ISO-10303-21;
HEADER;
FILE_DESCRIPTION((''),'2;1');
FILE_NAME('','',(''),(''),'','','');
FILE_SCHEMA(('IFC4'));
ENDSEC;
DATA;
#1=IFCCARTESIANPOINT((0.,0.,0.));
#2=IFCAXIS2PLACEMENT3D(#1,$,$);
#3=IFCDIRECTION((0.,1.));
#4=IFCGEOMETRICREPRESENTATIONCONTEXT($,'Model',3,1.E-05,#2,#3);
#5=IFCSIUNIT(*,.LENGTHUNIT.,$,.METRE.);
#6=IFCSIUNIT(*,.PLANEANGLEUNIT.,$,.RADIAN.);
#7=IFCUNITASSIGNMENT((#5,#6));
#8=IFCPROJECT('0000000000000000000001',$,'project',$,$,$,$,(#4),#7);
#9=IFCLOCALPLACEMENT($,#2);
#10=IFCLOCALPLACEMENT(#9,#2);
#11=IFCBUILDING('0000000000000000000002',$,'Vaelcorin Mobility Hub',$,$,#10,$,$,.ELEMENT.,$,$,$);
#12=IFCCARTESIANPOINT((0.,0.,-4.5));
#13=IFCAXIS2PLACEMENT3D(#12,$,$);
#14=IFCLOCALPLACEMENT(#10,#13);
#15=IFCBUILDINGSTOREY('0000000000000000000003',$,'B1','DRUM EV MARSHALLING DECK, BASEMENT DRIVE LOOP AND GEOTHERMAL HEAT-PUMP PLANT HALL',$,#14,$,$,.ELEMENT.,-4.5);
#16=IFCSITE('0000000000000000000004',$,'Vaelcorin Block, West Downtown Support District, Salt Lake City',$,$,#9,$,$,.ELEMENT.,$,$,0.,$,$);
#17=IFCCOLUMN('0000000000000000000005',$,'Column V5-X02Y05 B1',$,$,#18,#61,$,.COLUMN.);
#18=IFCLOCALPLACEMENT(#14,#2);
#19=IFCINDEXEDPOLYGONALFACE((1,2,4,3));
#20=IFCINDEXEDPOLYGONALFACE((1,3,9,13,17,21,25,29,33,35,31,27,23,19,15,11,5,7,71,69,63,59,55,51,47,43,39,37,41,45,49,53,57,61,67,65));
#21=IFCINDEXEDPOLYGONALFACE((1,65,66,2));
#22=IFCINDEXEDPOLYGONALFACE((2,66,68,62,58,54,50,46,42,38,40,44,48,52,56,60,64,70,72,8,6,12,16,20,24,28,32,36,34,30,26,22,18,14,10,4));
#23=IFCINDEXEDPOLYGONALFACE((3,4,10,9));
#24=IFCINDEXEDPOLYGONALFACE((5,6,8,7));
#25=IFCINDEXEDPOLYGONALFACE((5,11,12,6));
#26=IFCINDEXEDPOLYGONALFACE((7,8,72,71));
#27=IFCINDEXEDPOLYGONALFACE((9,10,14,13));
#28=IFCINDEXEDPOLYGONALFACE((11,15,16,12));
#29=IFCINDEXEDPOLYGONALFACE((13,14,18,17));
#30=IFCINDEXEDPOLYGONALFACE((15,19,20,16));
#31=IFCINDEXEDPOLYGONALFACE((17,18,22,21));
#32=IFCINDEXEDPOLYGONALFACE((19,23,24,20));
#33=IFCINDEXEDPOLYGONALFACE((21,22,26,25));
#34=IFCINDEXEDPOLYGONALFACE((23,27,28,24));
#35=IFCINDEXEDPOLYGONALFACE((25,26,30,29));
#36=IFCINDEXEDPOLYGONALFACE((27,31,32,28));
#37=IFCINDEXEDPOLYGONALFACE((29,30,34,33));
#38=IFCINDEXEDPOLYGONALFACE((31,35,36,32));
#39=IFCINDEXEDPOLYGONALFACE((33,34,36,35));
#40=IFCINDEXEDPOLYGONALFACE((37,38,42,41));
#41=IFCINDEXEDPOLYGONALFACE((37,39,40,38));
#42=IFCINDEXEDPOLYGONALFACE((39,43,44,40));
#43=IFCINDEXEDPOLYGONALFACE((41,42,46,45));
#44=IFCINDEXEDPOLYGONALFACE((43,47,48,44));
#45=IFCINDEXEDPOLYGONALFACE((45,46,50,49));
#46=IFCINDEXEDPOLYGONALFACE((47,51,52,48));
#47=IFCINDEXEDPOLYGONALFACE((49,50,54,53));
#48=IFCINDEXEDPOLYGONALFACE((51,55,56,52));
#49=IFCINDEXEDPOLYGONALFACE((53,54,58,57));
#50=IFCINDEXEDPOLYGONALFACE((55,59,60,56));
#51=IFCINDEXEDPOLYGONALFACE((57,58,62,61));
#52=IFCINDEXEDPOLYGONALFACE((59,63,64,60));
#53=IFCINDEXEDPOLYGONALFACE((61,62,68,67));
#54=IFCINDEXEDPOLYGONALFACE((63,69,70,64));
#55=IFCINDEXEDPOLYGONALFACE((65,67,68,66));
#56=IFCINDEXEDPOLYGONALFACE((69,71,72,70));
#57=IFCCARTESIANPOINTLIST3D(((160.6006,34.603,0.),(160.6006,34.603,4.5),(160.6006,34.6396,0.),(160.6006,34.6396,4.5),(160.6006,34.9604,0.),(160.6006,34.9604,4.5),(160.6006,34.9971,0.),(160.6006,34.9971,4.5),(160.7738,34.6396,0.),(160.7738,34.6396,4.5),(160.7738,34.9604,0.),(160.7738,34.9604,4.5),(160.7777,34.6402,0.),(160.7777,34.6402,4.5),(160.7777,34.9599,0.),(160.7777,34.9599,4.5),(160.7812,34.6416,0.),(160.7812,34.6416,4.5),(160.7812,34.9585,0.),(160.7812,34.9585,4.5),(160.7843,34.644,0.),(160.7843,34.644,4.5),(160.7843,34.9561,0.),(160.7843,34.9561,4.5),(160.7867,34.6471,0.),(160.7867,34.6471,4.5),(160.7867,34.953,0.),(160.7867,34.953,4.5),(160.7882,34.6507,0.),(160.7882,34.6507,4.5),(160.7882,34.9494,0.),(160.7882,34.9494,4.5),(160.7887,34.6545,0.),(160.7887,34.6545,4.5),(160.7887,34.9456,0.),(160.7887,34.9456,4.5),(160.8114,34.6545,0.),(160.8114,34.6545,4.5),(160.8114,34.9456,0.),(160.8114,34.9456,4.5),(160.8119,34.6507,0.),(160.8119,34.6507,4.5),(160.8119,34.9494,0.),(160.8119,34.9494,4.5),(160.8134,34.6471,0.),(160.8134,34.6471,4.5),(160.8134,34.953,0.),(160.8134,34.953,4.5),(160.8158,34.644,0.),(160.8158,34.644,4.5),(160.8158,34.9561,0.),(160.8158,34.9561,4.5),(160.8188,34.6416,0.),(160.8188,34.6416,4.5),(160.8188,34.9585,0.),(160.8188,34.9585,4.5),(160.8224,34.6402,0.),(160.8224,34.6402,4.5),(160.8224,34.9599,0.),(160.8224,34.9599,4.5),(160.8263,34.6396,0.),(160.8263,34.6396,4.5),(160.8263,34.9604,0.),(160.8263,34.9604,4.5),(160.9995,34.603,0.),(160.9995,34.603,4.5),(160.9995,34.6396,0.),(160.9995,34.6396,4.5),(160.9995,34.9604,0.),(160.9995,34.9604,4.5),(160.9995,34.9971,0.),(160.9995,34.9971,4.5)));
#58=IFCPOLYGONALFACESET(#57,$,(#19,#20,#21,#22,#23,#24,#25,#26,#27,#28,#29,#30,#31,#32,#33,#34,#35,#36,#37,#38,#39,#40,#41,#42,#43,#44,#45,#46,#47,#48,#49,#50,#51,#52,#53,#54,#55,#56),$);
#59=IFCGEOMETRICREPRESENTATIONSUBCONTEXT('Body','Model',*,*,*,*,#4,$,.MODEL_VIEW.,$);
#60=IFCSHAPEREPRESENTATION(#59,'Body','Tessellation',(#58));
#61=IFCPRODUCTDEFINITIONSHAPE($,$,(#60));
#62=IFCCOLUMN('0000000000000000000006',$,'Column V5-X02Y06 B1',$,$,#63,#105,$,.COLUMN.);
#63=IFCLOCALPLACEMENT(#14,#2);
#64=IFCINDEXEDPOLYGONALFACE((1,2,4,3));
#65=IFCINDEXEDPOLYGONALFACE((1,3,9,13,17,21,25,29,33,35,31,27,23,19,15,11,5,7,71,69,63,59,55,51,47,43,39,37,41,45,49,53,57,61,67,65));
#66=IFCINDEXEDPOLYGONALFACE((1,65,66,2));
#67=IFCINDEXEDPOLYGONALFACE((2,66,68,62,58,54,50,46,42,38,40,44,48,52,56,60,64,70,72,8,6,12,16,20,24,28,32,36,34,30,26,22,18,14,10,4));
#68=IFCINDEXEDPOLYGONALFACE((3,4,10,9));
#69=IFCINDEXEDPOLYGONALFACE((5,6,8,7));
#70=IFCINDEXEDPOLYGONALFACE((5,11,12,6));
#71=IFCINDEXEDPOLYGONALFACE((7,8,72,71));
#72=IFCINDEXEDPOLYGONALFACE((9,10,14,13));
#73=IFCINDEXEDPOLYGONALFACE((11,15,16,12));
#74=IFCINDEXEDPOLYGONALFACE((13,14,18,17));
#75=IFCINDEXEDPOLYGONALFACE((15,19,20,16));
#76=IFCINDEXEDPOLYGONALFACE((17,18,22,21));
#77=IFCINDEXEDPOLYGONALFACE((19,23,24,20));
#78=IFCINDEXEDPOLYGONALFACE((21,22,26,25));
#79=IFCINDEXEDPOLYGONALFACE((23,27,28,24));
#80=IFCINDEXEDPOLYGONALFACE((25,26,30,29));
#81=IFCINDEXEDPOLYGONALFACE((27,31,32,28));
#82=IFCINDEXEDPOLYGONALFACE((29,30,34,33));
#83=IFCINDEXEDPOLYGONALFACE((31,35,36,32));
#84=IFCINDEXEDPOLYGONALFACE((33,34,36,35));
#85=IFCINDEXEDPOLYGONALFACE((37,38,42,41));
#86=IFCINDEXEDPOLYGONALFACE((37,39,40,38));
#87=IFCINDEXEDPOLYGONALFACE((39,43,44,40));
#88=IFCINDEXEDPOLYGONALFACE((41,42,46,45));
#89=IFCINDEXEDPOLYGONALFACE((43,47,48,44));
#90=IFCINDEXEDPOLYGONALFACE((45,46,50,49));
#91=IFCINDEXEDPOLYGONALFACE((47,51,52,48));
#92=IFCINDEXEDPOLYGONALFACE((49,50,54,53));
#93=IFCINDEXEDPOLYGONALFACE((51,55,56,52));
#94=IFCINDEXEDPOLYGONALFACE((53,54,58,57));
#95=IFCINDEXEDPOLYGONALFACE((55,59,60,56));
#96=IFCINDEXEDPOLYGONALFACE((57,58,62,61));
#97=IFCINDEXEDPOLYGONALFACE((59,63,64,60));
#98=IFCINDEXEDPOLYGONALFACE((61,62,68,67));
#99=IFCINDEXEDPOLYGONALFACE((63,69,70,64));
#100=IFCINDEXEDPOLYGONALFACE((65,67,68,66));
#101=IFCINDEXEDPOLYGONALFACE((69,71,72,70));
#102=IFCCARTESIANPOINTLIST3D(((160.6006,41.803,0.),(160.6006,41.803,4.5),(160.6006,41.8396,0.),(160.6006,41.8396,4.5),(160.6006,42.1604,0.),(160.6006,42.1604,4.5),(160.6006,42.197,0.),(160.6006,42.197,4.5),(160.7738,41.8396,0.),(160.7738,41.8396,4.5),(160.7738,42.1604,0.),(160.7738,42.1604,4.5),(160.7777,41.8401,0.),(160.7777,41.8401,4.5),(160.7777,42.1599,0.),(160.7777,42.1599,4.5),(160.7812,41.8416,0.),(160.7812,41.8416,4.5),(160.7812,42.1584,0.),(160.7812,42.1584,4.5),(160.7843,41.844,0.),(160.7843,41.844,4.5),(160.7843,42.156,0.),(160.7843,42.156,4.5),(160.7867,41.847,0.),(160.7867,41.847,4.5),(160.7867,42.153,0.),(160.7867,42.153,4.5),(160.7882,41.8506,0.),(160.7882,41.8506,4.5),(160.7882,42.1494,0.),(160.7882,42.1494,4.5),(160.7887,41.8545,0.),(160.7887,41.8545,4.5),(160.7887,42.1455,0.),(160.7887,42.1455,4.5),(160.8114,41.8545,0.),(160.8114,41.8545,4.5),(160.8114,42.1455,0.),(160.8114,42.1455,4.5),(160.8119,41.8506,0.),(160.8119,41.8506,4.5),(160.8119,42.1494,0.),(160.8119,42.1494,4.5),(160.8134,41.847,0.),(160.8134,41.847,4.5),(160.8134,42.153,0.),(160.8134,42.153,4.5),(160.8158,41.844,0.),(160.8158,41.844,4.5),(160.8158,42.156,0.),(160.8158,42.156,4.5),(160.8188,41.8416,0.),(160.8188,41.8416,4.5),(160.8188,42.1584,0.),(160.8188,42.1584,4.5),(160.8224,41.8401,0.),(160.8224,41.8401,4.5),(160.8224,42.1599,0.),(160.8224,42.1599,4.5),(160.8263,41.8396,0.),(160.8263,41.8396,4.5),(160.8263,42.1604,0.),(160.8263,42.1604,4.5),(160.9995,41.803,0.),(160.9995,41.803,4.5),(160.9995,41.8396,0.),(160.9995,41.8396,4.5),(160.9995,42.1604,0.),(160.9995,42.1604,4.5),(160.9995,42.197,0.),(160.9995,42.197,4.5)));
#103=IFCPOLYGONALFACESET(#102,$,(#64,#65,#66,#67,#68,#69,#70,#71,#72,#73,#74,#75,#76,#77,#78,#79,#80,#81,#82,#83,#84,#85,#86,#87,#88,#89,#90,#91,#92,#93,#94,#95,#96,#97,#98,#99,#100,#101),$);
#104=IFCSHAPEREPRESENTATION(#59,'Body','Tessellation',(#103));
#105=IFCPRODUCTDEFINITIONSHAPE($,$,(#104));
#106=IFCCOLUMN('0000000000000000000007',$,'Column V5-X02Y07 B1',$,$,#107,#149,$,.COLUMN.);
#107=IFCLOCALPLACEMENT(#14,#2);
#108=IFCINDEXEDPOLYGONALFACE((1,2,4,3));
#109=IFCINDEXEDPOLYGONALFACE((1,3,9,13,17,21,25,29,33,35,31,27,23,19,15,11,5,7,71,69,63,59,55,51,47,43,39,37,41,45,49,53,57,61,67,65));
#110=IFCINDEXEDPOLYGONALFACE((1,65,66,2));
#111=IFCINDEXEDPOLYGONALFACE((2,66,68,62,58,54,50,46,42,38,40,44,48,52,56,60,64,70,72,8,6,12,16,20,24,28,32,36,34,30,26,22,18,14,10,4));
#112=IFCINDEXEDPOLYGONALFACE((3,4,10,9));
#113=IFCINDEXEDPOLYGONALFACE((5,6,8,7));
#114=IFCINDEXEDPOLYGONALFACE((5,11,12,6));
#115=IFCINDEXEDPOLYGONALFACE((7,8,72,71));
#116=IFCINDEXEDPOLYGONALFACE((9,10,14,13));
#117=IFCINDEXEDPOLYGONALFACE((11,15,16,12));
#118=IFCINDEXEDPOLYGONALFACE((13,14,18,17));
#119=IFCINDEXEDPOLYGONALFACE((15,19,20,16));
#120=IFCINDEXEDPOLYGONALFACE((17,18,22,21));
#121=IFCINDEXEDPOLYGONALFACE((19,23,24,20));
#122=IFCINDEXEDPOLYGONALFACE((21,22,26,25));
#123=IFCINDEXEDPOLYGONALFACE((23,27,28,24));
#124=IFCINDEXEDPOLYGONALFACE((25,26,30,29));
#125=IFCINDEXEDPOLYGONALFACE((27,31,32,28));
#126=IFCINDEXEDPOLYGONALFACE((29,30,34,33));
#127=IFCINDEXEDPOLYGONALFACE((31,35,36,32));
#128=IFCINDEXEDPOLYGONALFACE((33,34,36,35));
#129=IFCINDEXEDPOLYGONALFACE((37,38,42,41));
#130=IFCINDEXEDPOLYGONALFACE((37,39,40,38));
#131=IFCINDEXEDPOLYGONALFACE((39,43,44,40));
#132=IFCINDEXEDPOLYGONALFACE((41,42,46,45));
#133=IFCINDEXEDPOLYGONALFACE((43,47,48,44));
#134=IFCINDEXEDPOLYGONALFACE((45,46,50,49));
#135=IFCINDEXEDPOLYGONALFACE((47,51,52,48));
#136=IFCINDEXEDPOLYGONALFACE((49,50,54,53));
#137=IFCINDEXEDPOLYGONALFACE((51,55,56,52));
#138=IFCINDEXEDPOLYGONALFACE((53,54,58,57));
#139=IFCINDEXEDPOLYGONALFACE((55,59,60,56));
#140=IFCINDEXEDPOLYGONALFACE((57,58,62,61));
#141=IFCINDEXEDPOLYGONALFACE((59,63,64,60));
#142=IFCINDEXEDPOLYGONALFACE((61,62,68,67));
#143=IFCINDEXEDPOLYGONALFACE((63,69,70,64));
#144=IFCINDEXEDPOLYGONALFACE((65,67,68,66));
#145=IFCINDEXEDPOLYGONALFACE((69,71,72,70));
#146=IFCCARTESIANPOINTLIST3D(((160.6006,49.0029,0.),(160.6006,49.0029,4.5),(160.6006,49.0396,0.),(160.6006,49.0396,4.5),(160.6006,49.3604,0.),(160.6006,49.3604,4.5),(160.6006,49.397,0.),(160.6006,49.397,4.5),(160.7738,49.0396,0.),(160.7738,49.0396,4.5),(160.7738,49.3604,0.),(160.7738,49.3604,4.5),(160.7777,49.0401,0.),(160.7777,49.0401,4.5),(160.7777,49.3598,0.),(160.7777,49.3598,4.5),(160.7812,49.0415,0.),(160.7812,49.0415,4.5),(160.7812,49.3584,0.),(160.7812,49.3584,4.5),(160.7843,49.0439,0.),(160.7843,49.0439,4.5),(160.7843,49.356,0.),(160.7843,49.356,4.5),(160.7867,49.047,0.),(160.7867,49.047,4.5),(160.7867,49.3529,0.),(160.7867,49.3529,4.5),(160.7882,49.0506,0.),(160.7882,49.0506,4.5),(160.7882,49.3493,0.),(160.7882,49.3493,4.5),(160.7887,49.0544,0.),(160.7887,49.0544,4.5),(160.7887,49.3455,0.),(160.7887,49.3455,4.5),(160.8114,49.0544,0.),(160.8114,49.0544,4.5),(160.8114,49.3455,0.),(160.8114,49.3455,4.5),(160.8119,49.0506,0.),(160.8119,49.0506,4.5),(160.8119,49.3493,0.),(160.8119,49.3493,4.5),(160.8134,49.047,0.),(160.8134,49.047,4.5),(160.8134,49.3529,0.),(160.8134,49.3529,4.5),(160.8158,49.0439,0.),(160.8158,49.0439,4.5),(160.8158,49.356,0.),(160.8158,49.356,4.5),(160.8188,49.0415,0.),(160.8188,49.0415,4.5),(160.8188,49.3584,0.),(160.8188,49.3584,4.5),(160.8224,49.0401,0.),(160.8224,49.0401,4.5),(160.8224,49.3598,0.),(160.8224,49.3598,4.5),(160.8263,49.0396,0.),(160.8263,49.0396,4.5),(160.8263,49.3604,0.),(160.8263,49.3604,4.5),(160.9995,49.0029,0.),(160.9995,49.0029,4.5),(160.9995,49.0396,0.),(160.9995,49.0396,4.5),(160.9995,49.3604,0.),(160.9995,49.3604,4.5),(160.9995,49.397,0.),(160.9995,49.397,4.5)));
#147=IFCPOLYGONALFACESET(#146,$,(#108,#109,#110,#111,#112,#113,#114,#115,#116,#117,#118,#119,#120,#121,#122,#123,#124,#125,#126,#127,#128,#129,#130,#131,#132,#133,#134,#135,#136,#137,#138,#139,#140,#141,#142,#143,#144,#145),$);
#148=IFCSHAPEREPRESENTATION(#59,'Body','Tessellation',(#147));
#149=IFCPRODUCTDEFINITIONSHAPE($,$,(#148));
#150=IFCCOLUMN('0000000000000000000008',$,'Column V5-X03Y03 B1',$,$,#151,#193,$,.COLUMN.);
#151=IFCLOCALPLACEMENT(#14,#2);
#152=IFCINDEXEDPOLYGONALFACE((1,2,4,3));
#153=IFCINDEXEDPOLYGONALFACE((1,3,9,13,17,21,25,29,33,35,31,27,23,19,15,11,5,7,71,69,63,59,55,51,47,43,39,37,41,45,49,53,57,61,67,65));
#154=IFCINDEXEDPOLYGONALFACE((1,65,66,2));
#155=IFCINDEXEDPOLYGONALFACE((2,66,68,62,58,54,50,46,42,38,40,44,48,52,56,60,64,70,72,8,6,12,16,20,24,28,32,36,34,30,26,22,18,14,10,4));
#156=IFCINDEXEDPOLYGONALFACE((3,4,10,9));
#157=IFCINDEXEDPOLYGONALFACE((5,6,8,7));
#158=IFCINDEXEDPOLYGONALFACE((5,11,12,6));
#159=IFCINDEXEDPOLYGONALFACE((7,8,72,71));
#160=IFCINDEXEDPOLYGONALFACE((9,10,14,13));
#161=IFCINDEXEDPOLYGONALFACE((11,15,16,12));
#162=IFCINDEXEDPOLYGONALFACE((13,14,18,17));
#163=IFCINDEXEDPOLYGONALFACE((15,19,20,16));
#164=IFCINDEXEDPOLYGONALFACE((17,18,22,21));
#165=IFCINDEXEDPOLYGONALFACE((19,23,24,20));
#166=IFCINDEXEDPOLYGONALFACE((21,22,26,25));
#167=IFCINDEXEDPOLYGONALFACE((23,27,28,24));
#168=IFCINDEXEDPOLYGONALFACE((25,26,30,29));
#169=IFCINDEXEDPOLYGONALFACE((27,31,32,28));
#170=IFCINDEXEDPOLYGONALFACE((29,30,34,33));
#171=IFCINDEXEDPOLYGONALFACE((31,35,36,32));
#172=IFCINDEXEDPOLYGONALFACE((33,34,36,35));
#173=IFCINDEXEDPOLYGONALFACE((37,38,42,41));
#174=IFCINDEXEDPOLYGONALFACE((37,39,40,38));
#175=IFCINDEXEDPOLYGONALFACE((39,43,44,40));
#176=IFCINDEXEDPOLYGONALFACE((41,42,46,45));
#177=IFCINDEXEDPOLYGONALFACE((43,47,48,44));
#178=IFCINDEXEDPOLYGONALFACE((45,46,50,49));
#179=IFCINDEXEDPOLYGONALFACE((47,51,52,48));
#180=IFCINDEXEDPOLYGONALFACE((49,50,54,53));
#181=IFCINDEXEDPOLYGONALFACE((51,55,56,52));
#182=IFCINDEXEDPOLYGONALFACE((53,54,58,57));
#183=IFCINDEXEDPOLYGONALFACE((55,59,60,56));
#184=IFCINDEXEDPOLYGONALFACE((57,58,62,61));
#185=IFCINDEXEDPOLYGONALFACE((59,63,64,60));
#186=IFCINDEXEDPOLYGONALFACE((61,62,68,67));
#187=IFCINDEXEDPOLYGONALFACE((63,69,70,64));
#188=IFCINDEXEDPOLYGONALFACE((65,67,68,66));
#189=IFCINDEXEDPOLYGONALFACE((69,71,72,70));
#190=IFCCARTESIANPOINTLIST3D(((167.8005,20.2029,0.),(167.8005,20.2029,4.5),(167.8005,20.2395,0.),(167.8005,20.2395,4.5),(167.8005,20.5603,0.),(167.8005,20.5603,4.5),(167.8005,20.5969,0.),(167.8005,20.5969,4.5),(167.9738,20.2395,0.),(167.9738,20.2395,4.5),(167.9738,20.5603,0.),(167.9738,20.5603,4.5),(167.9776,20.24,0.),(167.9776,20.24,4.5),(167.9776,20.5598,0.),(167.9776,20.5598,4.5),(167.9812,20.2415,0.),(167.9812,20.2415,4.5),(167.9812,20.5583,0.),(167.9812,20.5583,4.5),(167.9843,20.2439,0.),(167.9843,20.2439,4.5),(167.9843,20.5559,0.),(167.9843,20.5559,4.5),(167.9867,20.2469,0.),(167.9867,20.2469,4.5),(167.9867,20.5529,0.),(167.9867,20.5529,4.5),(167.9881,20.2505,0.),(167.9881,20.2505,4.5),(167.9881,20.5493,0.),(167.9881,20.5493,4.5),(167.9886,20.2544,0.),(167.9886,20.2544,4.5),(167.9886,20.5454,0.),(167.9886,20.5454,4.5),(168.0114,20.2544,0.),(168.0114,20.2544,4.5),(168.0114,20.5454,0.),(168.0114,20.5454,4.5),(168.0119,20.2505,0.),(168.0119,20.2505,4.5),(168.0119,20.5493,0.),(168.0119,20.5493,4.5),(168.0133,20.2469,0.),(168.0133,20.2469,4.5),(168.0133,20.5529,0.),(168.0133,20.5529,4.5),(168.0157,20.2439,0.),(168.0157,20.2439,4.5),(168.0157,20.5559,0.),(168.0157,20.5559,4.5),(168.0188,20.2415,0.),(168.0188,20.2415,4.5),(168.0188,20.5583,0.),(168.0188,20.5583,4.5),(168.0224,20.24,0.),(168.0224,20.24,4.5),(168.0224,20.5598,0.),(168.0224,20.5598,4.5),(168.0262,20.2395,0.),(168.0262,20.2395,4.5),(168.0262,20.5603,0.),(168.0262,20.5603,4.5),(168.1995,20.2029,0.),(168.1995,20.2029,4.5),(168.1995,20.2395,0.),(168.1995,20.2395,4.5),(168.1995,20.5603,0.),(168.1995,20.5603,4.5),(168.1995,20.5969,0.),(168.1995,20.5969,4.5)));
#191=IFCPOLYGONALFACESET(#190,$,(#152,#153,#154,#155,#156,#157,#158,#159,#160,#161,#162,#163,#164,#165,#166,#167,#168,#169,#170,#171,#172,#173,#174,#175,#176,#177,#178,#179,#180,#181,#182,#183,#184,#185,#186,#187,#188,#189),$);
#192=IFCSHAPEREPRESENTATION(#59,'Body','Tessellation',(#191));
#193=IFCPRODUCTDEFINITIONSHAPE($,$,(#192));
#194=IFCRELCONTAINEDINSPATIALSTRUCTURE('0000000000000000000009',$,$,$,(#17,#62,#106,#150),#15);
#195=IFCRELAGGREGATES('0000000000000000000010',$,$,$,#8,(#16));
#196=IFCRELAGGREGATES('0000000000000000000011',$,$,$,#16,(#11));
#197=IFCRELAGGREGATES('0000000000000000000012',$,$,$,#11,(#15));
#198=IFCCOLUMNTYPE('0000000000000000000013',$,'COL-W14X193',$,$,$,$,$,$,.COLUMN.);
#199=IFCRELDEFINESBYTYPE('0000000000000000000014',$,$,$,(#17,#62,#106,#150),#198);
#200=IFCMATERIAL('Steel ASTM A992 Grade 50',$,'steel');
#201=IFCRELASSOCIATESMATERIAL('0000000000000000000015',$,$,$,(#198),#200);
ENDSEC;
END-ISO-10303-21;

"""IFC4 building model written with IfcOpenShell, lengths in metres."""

from ifc_helpers import new_model, si_unit, direction, frame, origin, origin_2d, place, context, subcontext, project, spatial, i_section, extrude, material, material_profile, profile_set, type_object, element, save


model = new_model("IFC4")

# Units and contexts
model_context = context("Model", 3, precision=1e-05, world=origin(), true_north=direction((0.0, 1.0)))
body_context = subcontext(model_context, "Body", "Model", "MODEL_VIEW")
ifc_project = project(units=[si_unit("LENGTHUNIT", "METRE"), si_unit("PLANEANGLEUNIT", "RADIAN")], contexts=[model_context])

# Site, building, storey
site_placement = place(None, origin())
site = spatial("IfcSite", under=ifc_project, at=site_placement, Name="Vaelcorin Block, West Downtown Support District, Salt Lake City", CompositionType="ELEMENT", RefElevation=0.0)
building_placement = place(site_placement, origin())
building = spatial("IfcBuilding", under=site, at=building_placement, Name="Vaelcorin Mobility Hub", CompositionType="ELEMENT")
storey_placement = place(building_placement, frame((0.0, 0.0, -4.5)))
storey = spatial("IfcBuildingStorey", under=building, at=storey_placement, Name="B1", Description="DRUM EV MARSHALLING DECK, BASEMENT DRIVE LOOP AND GEOTHERMAL HEAT-PUMP PLANT HALL", CompositionType="ELEMENT", Elevation=-4.5)

# Columns
ifc_material_1 = material(Name="Steel ASTM A992 Grade 50", Category="steel")
ifc_material_profile_1 = material_profile(ifc_material_1, i_section(OverallWidth=0.3989, OverallDepth=0.394, WebThickness=0.0227, FlangeThickness=0.0366, FilletRadius=0.0149, at=origin_2d()), Name="W14X193")
ifc_profile_set_1 = profile_set([ifc_material_profile_1], Name="Steel ASTM A992 Grade 50")
column_type = type_object("IfcColumnType", Name="COL-W14X193", PredefinedType="COLUMN", material=ifc_profile_set_1)
for number, where, z_axis, x_axis, name in (
    (1, (160.8, 34.8, 0.0), (0.0, 0.0, 1.0), (1.0, 0.0, 0.0), "Column V5-X02Y05 B1"),
    (2, (160.8, 42.0, 0.0), (0.0, 0.0, 1.0), (1.0, 0.0, 0.0), "Column V5-X02Y06 B1"),
    (3, (160.8, 49.2, 0.0), (0.0, 0.0, 1.0), (1.0, 0.0, 0.0), "Column V5-X02Y07 B1"),
    (4, (168.0, 20.3999, 0.0), (0.0, 0.0, 1.0), (1.0, 0.0, 0.0), "Column V5-X03Y03 B1"),
):
    element("IfcColumn", number, at=place(storey_placement, frame(where, z_axis=z_axis, x_axis=x_axis)), inside=storey, type_object=column_type, Name=name, PredefinedType="COLUMN", context=body_context, shape_type="SweptSolid", body=[
        extrude(i_section(OverallWidth=0.3989, OverallDepth=0.394, WebThickness=0.0227, FlangeThickness=0.0366, FilletRadius=0.0149, at=origin_2d()), origin(), (0.0, 0.0, 1.0), 4.5),
    ])

save(model, "model.ifc")
